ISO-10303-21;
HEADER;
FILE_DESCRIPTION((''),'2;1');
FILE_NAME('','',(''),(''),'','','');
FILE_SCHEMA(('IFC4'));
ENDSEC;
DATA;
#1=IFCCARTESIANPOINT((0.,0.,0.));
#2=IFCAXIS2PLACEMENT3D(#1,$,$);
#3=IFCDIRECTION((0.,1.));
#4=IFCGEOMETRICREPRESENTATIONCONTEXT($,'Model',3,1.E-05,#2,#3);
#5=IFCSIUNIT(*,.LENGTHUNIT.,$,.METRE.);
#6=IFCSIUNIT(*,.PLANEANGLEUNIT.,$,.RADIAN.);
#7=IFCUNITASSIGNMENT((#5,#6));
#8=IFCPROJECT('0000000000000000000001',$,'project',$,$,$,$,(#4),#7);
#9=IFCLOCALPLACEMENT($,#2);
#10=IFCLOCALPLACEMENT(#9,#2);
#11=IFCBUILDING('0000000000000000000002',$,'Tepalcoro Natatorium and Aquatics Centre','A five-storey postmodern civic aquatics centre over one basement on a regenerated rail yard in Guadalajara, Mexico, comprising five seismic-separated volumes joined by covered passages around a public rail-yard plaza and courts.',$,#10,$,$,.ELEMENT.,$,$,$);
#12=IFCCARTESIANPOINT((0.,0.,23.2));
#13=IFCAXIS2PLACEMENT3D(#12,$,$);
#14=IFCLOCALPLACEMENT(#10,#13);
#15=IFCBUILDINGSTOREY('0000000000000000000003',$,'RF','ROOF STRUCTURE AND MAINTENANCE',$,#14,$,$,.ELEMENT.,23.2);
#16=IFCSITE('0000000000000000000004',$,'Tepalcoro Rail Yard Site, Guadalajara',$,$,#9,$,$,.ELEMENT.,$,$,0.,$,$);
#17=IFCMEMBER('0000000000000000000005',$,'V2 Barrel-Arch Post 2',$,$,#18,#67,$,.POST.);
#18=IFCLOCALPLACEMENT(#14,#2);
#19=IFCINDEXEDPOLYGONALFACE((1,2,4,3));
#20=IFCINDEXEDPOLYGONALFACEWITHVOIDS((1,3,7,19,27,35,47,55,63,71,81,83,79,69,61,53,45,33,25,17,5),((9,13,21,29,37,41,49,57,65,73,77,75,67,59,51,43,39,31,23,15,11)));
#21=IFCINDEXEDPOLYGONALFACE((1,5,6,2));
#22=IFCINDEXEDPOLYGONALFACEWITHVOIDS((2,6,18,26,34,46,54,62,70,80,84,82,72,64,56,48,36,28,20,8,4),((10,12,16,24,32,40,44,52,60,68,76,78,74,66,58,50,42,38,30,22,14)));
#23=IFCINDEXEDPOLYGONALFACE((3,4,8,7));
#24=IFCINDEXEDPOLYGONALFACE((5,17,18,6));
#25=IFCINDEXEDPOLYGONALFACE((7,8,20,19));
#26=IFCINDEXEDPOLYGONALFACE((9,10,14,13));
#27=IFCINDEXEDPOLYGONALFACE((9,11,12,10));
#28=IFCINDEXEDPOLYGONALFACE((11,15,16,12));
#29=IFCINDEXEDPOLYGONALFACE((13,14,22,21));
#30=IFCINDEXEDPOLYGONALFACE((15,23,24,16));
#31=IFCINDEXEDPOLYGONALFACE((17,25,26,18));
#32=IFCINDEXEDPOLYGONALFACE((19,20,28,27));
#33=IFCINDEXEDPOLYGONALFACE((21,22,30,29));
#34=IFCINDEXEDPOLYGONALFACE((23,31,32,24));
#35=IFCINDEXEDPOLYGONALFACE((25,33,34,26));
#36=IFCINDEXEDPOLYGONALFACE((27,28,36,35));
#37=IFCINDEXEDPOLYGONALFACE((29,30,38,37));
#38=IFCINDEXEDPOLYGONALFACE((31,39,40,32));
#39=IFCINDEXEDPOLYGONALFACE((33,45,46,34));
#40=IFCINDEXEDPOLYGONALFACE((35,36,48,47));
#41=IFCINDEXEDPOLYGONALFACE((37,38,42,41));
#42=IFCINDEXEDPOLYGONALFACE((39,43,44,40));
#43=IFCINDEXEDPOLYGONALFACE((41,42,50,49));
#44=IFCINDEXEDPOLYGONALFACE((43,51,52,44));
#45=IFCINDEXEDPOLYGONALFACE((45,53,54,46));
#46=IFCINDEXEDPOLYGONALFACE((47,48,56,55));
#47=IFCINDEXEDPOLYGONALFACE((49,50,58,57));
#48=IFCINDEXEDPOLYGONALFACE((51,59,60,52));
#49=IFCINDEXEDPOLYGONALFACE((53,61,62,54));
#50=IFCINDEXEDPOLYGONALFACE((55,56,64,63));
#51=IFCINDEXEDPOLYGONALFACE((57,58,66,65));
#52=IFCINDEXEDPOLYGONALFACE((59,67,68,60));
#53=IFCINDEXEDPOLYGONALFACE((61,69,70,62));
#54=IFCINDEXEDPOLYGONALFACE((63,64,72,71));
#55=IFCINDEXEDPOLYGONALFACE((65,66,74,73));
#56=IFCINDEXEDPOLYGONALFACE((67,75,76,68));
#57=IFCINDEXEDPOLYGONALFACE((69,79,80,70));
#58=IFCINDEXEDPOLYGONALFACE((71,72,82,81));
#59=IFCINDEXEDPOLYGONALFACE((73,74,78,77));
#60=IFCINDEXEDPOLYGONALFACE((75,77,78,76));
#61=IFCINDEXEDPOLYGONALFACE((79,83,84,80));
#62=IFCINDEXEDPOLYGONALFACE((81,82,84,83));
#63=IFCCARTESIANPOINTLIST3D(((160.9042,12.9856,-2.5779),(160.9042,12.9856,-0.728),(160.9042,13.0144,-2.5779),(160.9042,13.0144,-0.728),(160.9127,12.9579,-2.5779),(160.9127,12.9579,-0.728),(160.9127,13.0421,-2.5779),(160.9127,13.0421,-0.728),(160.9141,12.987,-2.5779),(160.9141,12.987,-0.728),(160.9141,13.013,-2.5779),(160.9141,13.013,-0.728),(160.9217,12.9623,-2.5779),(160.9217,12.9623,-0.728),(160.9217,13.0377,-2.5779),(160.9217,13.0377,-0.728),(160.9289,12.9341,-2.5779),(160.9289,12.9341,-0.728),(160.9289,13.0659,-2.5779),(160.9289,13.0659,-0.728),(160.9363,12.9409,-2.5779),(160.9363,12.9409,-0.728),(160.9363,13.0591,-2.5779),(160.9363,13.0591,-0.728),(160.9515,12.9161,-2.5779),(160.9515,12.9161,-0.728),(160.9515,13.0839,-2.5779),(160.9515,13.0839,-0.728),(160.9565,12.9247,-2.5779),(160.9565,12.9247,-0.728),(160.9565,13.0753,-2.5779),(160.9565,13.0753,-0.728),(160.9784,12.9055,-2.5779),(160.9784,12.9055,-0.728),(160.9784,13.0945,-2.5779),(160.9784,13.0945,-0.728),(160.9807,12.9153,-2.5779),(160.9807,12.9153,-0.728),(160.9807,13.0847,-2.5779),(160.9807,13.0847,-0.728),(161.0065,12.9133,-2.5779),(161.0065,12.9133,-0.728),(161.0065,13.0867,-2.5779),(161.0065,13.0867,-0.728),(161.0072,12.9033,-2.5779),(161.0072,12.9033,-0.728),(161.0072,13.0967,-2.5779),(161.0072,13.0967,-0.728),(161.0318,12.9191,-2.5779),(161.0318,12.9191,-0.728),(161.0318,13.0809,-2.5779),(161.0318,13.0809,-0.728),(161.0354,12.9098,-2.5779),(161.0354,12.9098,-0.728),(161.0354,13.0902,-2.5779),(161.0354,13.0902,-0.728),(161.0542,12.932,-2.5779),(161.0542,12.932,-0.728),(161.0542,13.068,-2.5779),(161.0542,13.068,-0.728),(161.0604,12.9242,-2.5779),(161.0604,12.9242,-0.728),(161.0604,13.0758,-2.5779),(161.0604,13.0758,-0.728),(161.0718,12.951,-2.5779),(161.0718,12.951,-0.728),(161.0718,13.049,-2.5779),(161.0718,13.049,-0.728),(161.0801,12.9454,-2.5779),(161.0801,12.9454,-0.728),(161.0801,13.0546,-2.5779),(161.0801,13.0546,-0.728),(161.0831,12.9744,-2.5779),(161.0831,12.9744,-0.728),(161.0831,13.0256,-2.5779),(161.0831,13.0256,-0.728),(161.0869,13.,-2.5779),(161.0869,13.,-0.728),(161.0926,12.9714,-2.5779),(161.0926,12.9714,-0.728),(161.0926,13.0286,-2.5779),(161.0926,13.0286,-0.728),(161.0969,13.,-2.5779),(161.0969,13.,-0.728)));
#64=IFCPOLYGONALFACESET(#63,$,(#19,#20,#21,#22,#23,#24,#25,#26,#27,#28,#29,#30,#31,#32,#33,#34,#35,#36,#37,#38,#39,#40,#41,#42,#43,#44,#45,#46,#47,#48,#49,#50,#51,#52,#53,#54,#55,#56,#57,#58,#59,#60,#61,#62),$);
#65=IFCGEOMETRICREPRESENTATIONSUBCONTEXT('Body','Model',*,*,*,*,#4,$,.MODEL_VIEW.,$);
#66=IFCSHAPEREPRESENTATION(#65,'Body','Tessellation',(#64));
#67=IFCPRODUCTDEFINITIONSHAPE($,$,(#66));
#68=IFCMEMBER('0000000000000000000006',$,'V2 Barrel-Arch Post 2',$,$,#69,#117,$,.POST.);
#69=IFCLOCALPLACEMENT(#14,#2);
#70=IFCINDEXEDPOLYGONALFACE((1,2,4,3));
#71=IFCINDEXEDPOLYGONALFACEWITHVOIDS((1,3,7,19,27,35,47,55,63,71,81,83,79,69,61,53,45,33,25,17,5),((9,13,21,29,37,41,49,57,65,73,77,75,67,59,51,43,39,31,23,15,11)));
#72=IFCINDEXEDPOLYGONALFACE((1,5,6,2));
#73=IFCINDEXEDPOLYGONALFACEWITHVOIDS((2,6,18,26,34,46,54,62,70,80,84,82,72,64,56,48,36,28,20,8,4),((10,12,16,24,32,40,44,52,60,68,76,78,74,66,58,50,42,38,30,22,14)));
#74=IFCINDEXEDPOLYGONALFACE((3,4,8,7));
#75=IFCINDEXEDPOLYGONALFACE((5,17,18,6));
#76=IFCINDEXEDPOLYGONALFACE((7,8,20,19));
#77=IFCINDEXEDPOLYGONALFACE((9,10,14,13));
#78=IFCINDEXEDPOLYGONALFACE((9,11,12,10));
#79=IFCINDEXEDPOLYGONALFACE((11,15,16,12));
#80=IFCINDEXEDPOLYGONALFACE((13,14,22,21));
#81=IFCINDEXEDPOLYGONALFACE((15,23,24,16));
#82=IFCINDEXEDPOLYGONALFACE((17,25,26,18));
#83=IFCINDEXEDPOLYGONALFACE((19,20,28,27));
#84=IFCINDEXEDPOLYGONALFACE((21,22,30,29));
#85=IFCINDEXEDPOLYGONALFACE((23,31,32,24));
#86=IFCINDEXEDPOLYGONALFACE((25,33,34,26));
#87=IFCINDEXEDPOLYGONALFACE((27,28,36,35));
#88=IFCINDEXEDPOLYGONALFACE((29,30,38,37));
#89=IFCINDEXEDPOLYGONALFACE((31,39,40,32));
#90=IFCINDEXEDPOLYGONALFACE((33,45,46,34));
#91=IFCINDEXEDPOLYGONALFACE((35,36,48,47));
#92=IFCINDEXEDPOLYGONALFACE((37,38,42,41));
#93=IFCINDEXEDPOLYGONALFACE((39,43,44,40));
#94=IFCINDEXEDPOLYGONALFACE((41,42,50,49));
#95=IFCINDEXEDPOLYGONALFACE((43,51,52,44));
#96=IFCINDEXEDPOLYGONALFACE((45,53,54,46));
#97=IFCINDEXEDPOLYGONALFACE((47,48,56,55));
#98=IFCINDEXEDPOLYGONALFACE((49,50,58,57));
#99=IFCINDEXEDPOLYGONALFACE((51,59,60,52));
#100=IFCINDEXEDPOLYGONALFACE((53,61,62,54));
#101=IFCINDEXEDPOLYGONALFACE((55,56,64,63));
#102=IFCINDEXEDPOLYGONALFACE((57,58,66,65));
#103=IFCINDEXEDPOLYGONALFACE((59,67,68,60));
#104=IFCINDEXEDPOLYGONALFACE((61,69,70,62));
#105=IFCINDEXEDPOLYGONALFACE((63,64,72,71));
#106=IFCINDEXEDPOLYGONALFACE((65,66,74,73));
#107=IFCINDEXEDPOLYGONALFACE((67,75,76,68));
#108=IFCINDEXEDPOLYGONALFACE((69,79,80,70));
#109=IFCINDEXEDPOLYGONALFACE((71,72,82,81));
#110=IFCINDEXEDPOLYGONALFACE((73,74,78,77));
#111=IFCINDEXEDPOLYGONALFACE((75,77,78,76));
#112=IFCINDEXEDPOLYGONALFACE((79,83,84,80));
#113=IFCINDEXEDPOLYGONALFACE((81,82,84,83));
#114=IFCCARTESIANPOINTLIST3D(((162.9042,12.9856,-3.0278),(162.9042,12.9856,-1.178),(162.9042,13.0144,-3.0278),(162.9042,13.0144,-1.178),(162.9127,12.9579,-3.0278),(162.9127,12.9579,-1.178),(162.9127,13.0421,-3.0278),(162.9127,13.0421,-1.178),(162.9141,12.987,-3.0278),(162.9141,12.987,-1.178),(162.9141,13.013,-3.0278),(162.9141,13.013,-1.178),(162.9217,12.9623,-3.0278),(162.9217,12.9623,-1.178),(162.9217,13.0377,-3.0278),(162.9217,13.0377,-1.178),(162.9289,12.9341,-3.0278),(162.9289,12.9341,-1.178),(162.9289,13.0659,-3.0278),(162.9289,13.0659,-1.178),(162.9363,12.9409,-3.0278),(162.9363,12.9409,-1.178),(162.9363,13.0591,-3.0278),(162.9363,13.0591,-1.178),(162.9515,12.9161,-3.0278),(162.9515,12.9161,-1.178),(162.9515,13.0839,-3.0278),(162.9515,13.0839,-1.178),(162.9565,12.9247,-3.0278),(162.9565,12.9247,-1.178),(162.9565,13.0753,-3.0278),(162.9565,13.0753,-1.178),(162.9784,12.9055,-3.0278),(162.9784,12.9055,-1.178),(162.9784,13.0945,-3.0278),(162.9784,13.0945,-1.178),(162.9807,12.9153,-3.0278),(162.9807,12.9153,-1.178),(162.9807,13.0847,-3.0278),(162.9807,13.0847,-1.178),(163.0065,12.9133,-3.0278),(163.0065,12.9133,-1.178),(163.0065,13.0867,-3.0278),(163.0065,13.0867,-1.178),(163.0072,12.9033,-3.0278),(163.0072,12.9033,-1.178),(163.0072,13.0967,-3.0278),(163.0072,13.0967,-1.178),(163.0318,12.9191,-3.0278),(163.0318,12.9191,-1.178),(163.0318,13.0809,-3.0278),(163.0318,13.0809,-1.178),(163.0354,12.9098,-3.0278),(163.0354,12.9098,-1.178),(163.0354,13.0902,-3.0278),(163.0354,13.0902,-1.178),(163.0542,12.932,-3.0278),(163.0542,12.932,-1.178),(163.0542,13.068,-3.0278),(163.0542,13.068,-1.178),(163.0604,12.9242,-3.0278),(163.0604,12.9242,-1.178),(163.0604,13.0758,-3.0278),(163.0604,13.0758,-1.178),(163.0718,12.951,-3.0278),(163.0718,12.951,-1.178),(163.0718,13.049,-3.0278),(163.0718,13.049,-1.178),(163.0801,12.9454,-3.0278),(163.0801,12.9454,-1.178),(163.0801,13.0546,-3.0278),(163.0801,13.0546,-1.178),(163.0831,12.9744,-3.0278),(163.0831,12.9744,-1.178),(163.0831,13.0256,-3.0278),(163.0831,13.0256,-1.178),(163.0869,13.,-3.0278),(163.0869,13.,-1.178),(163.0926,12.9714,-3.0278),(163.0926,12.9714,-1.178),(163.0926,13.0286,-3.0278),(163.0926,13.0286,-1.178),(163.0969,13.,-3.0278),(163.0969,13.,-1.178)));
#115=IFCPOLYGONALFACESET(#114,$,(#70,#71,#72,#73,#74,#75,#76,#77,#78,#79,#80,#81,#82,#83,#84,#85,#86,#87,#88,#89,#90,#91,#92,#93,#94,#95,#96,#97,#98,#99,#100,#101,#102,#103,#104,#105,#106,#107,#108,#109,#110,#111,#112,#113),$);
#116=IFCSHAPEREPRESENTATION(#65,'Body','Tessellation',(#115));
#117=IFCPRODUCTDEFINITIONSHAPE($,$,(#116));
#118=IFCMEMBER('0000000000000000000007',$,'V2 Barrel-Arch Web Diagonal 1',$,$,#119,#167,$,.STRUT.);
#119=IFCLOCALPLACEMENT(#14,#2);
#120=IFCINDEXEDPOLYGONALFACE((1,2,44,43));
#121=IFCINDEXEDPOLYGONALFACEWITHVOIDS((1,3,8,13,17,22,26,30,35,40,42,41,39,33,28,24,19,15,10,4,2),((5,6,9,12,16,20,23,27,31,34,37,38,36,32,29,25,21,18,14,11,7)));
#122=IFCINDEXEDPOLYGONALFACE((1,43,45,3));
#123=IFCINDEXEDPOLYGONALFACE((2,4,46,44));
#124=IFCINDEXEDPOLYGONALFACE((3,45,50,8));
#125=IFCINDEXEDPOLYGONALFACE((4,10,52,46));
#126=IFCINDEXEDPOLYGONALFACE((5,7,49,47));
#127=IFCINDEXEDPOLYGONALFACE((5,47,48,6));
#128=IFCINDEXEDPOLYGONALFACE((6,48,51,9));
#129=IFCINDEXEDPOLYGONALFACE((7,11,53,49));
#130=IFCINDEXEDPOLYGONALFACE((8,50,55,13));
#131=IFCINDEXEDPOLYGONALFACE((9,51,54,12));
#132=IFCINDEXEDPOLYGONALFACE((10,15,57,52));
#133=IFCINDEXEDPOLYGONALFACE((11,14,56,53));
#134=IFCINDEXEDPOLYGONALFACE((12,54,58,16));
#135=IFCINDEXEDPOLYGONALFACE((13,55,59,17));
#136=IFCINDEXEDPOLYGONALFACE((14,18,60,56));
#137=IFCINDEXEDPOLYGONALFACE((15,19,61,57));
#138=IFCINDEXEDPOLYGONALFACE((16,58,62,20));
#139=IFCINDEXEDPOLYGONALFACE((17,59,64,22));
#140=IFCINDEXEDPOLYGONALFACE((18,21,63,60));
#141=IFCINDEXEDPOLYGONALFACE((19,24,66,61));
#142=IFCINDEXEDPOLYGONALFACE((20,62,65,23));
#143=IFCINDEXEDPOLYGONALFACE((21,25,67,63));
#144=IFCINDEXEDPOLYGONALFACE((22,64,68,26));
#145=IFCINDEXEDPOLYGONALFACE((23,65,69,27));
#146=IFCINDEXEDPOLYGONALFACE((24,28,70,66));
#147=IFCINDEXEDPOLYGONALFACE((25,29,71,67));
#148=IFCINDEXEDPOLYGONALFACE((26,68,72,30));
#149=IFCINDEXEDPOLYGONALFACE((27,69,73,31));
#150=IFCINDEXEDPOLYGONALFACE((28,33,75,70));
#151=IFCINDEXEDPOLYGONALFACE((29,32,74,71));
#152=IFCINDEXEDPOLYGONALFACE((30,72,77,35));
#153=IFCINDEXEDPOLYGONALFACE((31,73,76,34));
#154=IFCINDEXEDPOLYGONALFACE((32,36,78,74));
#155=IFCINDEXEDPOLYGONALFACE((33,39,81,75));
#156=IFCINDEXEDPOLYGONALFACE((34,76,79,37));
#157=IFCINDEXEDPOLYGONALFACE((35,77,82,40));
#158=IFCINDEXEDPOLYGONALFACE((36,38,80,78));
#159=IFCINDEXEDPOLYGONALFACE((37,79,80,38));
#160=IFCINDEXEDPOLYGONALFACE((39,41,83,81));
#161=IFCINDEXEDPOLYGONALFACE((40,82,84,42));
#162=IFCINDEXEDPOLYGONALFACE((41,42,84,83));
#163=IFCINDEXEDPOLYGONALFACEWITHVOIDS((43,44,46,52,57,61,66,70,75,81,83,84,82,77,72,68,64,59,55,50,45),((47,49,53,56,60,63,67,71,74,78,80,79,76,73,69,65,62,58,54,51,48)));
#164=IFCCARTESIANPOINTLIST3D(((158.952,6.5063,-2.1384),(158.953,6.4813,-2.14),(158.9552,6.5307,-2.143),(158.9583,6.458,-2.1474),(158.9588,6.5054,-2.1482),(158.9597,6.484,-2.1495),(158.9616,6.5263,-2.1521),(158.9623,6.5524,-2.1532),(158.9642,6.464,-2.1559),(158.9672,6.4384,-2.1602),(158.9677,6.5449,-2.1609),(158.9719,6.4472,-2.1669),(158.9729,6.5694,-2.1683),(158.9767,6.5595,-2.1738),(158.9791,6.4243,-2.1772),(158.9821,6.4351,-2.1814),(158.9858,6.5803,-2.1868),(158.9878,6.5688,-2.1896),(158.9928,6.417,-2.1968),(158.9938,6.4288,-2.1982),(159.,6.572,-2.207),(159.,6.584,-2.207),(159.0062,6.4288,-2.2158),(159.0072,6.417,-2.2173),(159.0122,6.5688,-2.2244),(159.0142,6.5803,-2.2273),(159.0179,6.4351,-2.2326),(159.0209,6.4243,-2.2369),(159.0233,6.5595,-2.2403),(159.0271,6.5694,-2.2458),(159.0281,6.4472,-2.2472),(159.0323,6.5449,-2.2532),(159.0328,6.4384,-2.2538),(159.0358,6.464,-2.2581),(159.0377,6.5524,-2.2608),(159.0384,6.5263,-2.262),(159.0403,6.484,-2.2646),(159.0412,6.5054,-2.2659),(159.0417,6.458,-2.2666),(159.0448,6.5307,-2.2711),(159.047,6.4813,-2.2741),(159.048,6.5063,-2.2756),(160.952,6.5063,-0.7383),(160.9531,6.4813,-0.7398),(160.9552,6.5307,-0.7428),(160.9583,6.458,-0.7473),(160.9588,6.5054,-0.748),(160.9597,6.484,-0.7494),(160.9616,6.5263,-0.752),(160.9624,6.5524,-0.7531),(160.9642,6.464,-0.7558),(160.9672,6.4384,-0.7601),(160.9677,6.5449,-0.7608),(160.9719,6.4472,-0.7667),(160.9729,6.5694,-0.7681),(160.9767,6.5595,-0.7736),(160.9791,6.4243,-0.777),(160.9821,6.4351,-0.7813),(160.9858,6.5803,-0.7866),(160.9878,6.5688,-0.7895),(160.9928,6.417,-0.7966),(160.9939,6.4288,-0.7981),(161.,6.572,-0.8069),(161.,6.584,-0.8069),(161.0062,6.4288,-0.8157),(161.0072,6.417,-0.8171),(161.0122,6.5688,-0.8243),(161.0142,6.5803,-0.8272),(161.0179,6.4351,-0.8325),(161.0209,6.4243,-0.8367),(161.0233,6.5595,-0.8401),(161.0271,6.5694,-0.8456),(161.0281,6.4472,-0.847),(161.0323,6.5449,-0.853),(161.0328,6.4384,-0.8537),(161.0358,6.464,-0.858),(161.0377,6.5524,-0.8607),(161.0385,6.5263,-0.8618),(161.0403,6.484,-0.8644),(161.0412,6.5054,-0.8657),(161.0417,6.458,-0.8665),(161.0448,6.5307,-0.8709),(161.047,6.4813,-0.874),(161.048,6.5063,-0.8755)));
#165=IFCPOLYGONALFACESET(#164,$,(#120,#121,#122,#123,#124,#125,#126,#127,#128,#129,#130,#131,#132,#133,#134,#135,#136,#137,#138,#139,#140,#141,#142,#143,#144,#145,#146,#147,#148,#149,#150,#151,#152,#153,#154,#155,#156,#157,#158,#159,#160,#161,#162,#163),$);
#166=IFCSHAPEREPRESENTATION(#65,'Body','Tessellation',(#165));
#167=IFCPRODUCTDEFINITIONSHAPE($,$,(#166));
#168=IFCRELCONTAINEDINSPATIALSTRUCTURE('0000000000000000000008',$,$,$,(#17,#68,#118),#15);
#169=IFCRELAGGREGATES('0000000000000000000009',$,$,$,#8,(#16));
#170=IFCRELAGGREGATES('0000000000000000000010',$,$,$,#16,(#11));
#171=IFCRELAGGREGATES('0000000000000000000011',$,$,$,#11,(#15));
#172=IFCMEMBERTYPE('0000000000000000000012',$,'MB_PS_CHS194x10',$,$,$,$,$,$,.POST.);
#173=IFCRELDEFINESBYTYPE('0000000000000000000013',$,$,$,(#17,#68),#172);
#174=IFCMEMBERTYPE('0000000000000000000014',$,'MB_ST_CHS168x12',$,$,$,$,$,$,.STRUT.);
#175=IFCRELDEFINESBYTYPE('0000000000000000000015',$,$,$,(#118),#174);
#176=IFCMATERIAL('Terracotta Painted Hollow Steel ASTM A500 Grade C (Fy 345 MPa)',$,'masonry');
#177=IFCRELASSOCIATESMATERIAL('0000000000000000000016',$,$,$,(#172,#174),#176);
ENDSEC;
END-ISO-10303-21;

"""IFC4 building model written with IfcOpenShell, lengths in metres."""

from ifc_helpers import new_model, si_unit, direction, frame, origin, origin_2d, place, context, subcontext, project, spatial, hollow_circle, extrude, material, material_profile, profile_set, type_object, element, save


model = new_model("IFC4")

# Units and contexts
model_context = context("Model", 3, precision=1e-05, world=origin(), true_north=direction((0.0, 1.0)))
body_context = subcontext(model_context, "Body", "Model", "MODEL_VIEW")
ifc_project = project(units=[si_unit("LENGTHUNIT", "METRE"), si_unit("PLANEANGLEUNIT", "RADIAN")], contexts=[model_context])

# Site, building, storey
site_placement = place(None, origin())
site = spatial("IfcSite", under=ifc_project, at=site_placement, Name="Tepalcoro Rail Yard Site, Guadalajara", CompositionType="ELEMENT", RefElevation=0.0)
building_placement = place(site_placement, origin())
building = spatial("IfcBuilding", under=site, at=building_placement, Name="Tepalcoro Natatorium and Aquatics Centre", Description="A five-storey postmodern civic aquatics centre over one basement on a regenerated rail yard in Guadalajara, Mexico, comprising five seismic-separated volumes joined by covered passages around a public rail-yard plaza and courts.", CompositionType="ELEMENT")
storey_placement = place(building_placement, frame((0.0, 0.0, 23.2)))
storey = spatial("IfcBuildingStorey", under=building, at=storey_placement, Name="RF", Description="ROOF STRUCTURE AND MAINTENANCE", CompositionType="ELEMENT", Elevation=23.2)

# Shared definitions
ifc_material_1 = material(Name="Terracotta Painted Hollow Steel ASTM A500 Grade C (Fy 345 MPa)", Category="masonry")

# Members
ifc_material_profile_1 = material_profile(ifc_material_1, hollow_circle(Radius=0.0969, WallThickness=0.01, at=origin_2d()), Name="CHS194X10")
ifc_profile_set_1 = profile_set([ifc_material_profile_1], Name="Terracotta Painted Hollow Steel ASTM A500 Grade C (Fy 345 MPa)")
member_type_1 = type_object("IfcMemberType", Name="MB_PS_CHS194x10", PredefinedType="POST", material=ifc_profile_set_1)
for number, where, z_axis, x_axis, name in (
    (1, (161.0, 13.0, -2.5779), (0.0, 0.0, 1.0), (1.0, 0.0, 0.0), "V2 Barrel-Arch Post 2"),
    (2, (163.0, 13.0, -3.0278), (0.0, 0.0, 1.0), (1.0, 0.0, 0.0), "V2 Barrel-Arch Post 2"),
):
    element("IfcMember", number, at=place(storey_placement, frame(where, z_axis=z_axis, x_axis=x_axis)), inside=storey, type_object=member_type_1, Name=name, PredefinedType="POST", context=body_context, shape_type="SweptSolid", body=[
        extrude(hollow_circle(Radius=0.0969, WallThickness=0.01, at=origin_2d()), origin(), (0.0, 0.0, 1.0), 1.8499),
    ])
ifc_material_profile_2 = material_profile(ifc_material_1, hollow_circle(Radius=0.084, WallThickness=0.012, at=origin_2d()), Name="CHS168X12")
ifc_profile_set_2 = profile_set([ifc_material_profile_2], Name="Terracotta Painted Hollow Steel ASTM A500 Grade C (Fy 345 MPa)")
member_type_2 = type_object("IfcMemberType", Name="MB_ST_CHS168x12", PredefinedType="STRUT", material=ifc_profile_set_2)
member_1_placement = place(storey_placement, frame((159.0, 6.5, -2.207), z_axis=(0.819204, 0.0, 0.573503), x_axis=(0.0, 1.0, 0.0)))
element("IfcMember", 3, at=member_1_placement, inside=storey, type_object=member_type_2, Name="V2 Barrel-Arch Web Diagonal 1", PredefinedType="STRUT", context=body_context, shape_type="SweptSolid", body=[
    extrude(hollow_circle(Radius=0.084, WallThickness=0.012, at=origin_2d()), origin(), (0.0, 0.0, 1.0), 2.4414),
])

save(model, "model.ifc")
